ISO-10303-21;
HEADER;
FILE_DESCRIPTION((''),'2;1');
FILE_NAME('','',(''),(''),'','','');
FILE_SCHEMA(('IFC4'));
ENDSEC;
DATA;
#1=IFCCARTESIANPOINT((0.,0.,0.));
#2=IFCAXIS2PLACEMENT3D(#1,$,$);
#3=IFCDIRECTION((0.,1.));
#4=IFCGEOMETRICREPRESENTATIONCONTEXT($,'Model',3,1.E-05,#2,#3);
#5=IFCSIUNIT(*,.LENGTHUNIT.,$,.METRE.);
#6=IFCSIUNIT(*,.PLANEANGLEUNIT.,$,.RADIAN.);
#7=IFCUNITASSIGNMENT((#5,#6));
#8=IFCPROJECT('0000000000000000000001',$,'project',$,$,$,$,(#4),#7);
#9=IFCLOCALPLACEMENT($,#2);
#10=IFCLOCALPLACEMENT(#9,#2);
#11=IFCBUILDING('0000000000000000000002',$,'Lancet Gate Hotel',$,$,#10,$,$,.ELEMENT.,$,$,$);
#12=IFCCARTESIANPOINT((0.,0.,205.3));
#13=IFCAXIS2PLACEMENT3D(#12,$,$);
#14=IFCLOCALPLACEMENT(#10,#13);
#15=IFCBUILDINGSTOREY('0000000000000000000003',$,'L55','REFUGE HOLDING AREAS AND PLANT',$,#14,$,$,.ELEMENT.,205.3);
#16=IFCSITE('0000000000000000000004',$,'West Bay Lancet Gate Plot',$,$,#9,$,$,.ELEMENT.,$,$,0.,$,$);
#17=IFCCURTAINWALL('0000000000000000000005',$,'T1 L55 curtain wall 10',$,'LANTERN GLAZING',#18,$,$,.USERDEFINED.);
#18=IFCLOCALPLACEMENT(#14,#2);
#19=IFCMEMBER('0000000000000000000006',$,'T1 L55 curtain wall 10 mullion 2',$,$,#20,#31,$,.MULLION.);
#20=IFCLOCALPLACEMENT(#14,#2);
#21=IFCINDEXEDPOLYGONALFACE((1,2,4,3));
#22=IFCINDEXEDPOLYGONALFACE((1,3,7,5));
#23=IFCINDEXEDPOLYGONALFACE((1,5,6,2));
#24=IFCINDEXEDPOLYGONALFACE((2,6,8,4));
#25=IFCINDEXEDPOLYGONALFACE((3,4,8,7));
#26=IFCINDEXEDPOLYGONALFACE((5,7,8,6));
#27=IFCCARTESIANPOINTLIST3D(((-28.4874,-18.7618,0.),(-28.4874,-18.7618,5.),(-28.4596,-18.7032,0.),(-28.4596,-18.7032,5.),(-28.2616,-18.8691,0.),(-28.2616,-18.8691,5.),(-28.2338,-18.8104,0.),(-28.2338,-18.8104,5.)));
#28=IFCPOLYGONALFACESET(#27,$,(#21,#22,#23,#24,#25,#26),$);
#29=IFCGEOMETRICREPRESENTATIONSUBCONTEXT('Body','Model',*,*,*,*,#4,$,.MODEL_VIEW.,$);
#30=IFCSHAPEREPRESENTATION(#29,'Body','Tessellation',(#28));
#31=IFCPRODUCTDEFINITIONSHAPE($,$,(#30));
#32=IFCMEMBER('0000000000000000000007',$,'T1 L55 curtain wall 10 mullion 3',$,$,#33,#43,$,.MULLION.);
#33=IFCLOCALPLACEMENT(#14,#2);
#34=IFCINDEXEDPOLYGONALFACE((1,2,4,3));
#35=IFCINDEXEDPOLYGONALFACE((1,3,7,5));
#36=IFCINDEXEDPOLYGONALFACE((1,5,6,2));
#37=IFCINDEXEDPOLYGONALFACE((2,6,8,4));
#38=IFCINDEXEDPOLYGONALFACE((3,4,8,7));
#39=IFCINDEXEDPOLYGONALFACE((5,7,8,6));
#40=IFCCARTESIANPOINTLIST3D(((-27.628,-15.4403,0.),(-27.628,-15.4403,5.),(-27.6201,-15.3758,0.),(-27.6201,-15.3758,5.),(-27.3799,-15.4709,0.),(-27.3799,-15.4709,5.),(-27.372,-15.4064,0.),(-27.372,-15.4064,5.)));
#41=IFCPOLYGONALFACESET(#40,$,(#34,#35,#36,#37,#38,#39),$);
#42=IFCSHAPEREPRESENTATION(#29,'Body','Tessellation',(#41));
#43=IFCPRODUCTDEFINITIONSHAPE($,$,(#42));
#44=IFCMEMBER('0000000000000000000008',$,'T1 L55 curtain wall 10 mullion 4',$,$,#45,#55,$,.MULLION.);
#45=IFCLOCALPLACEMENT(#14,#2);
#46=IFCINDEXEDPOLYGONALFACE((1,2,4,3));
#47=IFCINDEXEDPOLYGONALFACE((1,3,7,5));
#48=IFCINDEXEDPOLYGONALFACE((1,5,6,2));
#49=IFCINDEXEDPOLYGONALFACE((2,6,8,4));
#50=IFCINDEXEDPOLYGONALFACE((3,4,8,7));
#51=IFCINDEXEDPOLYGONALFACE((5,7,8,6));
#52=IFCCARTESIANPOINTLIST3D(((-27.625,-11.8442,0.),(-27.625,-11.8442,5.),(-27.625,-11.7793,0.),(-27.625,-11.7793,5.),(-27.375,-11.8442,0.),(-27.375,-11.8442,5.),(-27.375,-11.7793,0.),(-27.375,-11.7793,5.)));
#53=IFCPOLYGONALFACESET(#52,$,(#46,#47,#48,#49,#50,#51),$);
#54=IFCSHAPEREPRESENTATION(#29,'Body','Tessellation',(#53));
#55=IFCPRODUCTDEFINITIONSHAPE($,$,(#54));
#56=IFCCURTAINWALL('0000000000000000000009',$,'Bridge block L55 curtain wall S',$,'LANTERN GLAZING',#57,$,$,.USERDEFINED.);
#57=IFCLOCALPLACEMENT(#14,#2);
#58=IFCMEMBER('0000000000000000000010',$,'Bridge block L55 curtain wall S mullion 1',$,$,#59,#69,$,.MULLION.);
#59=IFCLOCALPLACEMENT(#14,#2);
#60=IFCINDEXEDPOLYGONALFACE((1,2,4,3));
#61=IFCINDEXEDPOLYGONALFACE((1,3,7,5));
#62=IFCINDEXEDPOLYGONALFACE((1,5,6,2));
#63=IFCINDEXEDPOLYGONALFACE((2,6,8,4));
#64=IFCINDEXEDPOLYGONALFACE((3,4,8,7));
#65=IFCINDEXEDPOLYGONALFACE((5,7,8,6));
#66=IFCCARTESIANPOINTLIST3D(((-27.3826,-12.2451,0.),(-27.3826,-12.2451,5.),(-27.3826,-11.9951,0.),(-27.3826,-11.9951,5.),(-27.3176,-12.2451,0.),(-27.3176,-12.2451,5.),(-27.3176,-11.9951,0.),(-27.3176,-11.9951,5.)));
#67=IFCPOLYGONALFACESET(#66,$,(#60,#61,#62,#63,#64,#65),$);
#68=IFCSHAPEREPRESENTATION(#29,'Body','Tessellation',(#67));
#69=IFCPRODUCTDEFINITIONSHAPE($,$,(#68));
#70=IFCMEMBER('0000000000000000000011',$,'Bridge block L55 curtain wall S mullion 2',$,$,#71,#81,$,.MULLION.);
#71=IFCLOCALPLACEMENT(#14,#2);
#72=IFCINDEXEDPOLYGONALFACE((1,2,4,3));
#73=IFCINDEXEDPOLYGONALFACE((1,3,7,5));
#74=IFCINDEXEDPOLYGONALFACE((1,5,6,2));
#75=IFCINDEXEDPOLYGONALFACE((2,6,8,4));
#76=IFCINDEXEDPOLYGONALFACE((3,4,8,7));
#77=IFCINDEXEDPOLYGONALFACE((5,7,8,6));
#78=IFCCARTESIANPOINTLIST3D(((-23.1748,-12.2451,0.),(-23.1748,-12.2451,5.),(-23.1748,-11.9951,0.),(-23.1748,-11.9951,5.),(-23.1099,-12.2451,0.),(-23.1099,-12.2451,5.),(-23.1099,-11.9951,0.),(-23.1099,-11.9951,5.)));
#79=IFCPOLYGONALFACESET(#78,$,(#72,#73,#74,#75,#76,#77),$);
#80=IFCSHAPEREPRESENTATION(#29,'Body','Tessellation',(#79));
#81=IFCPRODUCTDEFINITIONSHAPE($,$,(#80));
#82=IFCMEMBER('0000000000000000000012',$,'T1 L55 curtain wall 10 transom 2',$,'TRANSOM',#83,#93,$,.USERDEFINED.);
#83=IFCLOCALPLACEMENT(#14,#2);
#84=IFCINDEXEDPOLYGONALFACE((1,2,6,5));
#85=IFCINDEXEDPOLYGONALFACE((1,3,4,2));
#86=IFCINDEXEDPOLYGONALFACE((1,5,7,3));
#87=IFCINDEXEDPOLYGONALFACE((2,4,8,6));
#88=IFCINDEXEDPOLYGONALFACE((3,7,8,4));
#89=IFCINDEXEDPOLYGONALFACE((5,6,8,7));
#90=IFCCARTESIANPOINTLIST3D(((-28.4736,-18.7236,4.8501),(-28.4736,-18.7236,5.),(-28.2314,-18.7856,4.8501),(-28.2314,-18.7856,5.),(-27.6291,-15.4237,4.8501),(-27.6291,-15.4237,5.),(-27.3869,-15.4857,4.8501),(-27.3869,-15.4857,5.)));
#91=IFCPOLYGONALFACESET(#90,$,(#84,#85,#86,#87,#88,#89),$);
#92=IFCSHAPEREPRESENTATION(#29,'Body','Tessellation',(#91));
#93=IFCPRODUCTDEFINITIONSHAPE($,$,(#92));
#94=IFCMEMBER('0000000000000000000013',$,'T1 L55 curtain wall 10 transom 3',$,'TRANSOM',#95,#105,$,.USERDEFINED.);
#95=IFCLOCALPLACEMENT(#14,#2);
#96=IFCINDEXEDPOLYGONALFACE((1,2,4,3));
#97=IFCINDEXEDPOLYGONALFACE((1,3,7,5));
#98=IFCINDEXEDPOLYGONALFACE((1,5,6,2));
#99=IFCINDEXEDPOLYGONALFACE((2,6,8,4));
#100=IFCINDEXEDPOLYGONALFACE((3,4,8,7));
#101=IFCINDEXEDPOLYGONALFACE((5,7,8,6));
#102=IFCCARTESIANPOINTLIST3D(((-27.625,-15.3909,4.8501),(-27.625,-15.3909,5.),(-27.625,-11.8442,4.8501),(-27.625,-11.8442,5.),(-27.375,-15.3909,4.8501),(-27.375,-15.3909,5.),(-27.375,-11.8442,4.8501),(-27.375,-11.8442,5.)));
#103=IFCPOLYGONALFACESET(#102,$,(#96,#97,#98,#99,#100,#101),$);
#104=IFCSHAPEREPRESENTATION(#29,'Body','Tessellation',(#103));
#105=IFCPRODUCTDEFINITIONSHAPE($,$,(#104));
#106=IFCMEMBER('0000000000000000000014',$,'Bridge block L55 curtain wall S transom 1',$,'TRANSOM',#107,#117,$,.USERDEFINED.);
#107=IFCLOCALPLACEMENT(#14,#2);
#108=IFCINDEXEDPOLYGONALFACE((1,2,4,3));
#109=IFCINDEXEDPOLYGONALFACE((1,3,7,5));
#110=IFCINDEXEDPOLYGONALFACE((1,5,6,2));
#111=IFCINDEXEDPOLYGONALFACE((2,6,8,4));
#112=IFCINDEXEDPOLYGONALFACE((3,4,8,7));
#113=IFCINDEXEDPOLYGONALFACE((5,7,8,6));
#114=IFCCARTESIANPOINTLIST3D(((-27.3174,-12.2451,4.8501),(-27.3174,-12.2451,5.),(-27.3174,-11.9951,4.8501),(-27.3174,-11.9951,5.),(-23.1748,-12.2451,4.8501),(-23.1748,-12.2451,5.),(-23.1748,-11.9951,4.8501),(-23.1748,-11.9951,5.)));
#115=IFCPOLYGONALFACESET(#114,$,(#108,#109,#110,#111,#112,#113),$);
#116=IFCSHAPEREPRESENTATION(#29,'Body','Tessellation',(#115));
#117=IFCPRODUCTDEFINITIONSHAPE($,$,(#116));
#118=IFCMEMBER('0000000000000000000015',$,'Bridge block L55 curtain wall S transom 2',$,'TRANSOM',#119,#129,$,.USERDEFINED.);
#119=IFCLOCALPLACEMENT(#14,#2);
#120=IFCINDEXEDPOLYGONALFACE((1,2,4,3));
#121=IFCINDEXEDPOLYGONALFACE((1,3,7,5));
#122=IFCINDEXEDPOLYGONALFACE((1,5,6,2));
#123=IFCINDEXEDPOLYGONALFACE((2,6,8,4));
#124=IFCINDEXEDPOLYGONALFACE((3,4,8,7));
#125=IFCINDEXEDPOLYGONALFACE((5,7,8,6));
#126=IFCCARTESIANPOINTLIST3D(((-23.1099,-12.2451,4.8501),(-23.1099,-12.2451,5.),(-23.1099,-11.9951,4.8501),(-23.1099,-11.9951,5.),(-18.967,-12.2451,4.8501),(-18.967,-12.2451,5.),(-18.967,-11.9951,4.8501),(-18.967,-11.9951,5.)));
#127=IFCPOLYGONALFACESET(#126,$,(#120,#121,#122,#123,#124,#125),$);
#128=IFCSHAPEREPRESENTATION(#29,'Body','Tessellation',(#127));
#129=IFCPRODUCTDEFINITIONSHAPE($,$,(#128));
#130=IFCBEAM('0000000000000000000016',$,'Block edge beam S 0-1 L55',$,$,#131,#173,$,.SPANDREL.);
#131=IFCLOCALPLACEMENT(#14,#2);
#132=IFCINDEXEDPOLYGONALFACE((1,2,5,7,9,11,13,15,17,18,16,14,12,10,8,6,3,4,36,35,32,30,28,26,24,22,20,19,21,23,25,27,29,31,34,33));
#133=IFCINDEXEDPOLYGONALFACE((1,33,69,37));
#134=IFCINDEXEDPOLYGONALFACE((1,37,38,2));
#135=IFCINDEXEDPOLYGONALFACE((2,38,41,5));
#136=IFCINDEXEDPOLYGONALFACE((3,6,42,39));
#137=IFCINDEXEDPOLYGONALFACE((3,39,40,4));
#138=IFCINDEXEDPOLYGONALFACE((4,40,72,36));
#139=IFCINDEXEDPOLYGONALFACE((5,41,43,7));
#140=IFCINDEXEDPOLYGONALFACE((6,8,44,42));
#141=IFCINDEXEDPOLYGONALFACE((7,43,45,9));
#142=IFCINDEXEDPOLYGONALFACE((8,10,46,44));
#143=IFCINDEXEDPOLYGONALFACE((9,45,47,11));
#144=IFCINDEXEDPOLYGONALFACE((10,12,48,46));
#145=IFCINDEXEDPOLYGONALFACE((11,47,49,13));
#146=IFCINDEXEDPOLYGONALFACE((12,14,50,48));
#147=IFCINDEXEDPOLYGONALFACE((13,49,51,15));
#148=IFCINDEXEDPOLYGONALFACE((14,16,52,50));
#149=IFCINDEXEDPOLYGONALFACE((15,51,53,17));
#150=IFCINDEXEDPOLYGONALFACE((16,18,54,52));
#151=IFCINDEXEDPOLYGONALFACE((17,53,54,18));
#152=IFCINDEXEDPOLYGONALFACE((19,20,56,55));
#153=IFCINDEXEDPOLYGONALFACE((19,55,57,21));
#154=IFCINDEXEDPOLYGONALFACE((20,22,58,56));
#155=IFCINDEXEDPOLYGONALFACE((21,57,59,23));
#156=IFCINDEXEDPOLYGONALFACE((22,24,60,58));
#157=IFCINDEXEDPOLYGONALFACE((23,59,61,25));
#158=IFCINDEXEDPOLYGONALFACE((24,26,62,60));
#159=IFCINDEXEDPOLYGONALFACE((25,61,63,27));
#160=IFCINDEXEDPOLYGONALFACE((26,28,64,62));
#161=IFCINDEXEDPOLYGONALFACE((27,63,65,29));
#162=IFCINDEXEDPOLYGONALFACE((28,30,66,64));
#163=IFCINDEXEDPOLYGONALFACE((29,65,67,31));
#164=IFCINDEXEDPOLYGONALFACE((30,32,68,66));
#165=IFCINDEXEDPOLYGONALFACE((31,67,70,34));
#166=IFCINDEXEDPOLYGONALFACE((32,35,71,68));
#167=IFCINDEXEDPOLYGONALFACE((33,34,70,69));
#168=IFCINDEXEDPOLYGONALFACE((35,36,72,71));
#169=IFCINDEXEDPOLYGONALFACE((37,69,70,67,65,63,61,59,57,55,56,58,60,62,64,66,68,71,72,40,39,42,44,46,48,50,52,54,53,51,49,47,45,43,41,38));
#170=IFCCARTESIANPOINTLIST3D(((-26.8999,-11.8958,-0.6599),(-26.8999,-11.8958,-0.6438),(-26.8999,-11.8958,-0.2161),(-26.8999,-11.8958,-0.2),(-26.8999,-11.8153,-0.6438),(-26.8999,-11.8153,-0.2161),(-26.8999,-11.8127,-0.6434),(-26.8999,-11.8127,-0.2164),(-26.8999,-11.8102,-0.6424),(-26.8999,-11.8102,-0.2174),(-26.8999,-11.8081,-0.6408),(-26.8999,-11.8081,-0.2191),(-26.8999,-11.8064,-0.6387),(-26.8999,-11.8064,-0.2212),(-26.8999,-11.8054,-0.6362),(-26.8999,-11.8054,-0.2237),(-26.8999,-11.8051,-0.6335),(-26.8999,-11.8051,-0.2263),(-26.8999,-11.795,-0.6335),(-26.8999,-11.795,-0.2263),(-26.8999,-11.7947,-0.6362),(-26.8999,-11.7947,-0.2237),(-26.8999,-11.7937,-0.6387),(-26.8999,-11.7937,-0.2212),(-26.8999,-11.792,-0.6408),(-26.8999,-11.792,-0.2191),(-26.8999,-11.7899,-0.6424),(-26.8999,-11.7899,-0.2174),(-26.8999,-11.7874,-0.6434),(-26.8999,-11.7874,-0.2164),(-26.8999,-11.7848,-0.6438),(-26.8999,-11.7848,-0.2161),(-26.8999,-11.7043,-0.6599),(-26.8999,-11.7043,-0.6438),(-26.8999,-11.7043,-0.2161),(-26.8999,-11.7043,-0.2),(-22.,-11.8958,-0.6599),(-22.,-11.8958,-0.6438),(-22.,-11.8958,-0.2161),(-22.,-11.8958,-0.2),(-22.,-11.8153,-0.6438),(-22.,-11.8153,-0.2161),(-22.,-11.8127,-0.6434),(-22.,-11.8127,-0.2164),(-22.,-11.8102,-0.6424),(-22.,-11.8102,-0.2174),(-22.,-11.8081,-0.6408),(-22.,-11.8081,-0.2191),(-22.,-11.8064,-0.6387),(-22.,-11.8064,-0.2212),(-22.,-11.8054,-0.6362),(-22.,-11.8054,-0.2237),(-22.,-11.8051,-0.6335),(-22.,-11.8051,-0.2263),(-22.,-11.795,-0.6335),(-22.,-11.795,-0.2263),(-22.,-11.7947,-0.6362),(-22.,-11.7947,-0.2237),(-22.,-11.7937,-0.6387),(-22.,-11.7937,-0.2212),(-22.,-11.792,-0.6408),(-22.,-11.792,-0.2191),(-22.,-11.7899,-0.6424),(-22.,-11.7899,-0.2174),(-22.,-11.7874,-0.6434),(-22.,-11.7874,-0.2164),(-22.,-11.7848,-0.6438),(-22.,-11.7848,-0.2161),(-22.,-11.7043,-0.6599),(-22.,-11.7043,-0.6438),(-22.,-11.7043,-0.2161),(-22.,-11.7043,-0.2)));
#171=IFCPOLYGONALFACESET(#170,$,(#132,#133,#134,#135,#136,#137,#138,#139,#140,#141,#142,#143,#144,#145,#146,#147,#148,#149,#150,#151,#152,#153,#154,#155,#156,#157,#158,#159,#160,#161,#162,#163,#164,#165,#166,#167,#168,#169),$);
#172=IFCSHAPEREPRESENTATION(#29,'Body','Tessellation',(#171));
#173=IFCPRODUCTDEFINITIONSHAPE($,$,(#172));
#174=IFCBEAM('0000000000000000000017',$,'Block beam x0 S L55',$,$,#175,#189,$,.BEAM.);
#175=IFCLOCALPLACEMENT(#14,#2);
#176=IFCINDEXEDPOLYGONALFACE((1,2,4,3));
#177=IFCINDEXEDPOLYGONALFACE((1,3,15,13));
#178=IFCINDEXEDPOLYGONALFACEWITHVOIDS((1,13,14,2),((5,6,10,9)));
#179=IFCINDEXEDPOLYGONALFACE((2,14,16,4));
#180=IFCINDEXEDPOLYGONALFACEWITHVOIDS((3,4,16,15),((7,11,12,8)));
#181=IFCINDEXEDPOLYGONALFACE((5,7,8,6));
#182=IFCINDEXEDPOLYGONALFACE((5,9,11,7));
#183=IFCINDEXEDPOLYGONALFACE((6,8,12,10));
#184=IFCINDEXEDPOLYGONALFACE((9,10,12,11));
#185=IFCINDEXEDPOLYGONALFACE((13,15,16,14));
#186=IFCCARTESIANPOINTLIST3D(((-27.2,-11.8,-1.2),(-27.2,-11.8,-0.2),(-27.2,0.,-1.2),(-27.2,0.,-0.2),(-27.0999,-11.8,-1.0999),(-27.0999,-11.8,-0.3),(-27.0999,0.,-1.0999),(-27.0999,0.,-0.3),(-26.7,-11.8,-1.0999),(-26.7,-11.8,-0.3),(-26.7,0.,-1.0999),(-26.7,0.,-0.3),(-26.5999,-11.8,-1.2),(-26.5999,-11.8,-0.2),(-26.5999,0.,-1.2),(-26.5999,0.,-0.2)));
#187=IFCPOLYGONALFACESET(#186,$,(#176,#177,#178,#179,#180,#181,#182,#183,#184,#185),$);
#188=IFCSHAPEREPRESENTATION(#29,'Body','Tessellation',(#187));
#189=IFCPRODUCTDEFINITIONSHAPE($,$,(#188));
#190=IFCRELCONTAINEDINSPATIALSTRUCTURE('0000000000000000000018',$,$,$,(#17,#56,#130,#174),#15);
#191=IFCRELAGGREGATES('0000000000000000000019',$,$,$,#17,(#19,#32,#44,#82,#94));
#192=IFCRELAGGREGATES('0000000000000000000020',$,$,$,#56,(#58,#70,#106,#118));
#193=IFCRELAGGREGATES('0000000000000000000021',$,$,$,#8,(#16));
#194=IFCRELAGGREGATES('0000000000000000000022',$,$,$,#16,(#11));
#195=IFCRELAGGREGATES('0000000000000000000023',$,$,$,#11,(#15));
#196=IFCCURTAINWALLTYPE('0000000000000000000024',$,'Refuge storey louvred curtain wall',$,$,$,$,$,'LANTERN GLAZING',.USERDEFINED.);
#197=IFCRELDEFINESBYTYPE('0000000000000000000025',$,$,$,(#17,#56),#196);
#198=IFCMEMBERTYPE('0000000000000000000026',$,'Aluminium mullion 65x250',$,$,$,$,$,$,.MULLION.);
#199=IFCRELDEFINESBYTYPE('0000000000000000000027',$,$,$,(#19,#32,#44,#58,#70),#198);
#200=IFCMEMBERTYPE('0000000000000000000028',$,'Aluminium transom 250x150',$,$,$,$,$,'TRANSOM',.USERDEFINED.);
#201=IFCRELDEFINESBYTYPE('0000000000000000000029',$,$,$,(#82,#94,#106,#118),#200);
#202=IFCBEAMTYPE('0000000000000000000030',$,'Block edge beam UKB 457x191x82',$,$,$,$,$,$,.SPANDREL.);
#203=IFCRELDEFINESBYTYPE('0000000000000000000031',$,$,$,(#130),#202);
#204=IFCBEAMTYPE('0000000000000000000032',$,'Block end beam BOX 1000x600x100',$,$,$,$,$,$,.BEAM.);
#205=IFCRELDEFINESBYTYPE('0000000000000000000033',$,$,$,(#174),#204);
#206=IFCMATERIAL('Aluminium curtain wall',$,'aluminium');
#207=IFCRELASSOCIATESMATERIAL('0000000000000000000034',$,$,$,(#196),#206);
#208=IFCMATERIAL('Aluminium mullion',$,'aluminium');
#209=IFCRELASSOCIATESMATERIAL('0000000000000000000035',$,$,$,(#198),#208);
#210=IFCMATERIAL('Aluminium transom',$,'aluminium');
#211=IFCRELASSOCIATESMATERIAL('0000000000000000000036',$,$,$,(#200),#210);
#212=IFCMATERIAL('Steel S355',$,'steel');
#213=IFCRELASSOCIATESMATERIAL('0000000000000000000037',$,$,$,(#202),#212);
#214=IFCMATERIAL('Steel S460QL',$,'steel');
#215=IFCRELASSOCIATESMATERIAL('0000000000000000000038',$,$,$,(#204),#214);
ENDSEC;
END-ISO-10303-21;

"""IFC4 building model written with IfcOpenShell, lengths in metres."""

from ifc_helpers import new_model, si_unit, direction, frame, origin, origin_2d, place, context, subcontext, project, spatial, rectangle, hollow_rectangle, i_section, extrude, material, material_profile, profile_set, type_object, element, aggregate, save


model = new_model("IFC4")

# Units and contexts
model_context = context("Model", 3, precision=1e-05, world=origin(), true_north=direction((0.0, 1.0)))
body_context = subcontext(model_context, "Body", "Model", "MODEL_VIEW")
ifc_project = project(units=[si_unit("LENGTHUNIT", "METRE"), si_unit("PLANEANGLEUNIT", "RADIAN")], contexts=[model_context])

# Site, building, storey
site_placement = place(None, origin())
site = spatial("IfcSite", under=ifc_project, at=site_placement, Name="West Bay Lancet Gate Plot", CompositionType="ELEMENT", RefElevation=0.0)
building_placement = place(site_placement, origin())
building = spatial("IfcBuilding", under=site, at=building_placement, Name="Lancet Gate Hotel", CompositionType="ELEMENT")
storey_placement = place(building_placement, frame((0.0, 0.0, 205.3)))
storey = spatial("IfcBuildingStorey", under=building, at=storey_placement, Name="L55", Description="REFUGE HOLDING AREAS AND PLANT", CompositionType="ELEMENT", Elevation=205.3)

# Curtain walls, members
ifc_material_1 = material(Name="Aluminium curtain wall", Category="aluminium")
curtain_wall_type = type_object("IfcCurtainWallType", Name="Refuge storey louvred curtain wall", ElementType="LANTERN GLAZING", PredefinedType="USERDEFINED", material=ifc_material_1)
curtain_wall_1_placement = place(storey_placement, origin())
curtain_wall_1 = element("IfcCurtainWall", 1, at=curtain_wall_1_placement, inside=storey, type_object=curtain_wall_type, Name="T1 L55 curtain wall 10", ObjectType="LANTERN GLAZING", PredefinedType="USERDEFINED")
ifc_material_2 = material(Name="Aluminium mullion", Category="aluminium")
ifc_material_profile_1 = material_profile(ifc_material_2, rectangle(XDim=0.0649, YDim=0.25, at=origin_2d()), Name="MULLION 65x250")
ifc_profile_set_1 = profile_set([ifc_material_profile_1], Name="Aluminium mullion")
member_type_1 = type_object("IfcMemberType", Name="Aluminium mullion 65x250", PredefinedType="MULLION", material=ifc_profile_set_1)
member_1_placement = place(storey_placement, frame((-28.3606, -18.7861, 0.0), z_axis=(0.0, 0.0, 1.0), x_axis=(0.42905, 0.903281, 0.0)))
member_1 = element("IfcMember", 2, at=member_1_placement, type_object=member_type_1, Name="T1 L55 curtain wall 10 mullion 2", PredefinedType="MULLION", context=body_context, shape_type="SweptSolid", body=[
    extrude(rectangle(XDim=0.0649, YDim=0.25, at=origin_2d()), origin(), (0.0, 0.0, 1.0), 5.0),
])
member_2_placement = place(storey_placement, frame((-27.5, -15.4233, 0.0), z_axis=(0.0, 0.0, 1.0), x_axis=(0.122467, 0.992473, 0.0)))
member_2 = element("IfcMember", 3, at=member_2_placement, type_object=member_type_1, Name="T1 L55 curtain wall 10 mullion 3", PredefinedType="MULLION", context=body_context, shape_type="SweptSolid", body=[
    extrude(rectangle(XDim=0.0649, YDim=0.25, at=origin_2d()), origin(), (0.0, 0.0, 1.0), 5.0),
])
member_3_placement = place(storey_placement, frame((-27.5, -11.8118, 0.0), z_axis=(0.0, 0.0, 1.0), x_axis=(0.0, 1.0, 0.0)))
member_3 = element("IfcMember", 4, at=member_3_placement, type_object=member_type_1, Name="T1 L55 curtain wall 10 mullion 4", PredefinedType="MULLION", context=body_context, shape_type="SweptSolid", body=[
    extrude(rectangle(XDim=0.0649, YDim=0.25, at=origin_2d()), origin(), (0.0, 0.0, 1.0), 5.0),
])
curtain_wall_2_placement = place(storey_placement, origin())
curtain_wall_2 = element("IfcCurtainWall", 5, at=curtain_wall_2_placement, inside=storey, type_object=curtain_wall_type, Name="Bridge block L55 curtain wall S", ObjectType="LANTERN GLAZING", PredefinedType="USERDEFINED")
member_4_placement = place(storey_placement, frame((-27.3501, -12.1201, 0.0), z_axis=(0.0, 0.0, 1.0), x_axis=(1.0, 0.0, 0.0)))
member_4 = element("IfcMember", 6, at=member_4_placement, type_object=member_type_1, Name="Bridge block L55 curtain wall S mullion 1", PredefinedType="MULLION", context=body_context, shape_type="SweptSolid", body=[
    extrude(rectangle(XDim=0.0649, YDim=0.25, at=origin_2d()), origin(), (0.0, 0.0, 1.0), 5.0),
])
member_5_placement = place(storey_placement, frame((-23.1423, -12.1201, 0.0), z_axis=(0.0, 0.0, 1.0), x_axis=(1.0, 0.0, 0.0)))
member_5 = element("IfcMember", 7, at=member_5_placement, type_object=member_type_1, Name="Bridge block L55 curtain wall S mullion 2", PredefinedType="MULLION", context=body_context, shape_type="SweptSolid", body=[
    extrude(rectangle(XDim=0.0649, YDim=0.25, at=origin_2d()), origin(), (0.0, 0.0, 1.0), 5.0),
])

# Members
ifc_material_3 = material(Name="Aluminium transom", Category="aluminium")
ifc_material_profile_2 = material_profile(ifc_material_3, rectangle(XDim=0.25, YDim=0.1499, at=origin_2d()), Name="TRANSOM 250x150")
ifc_profile_set_2 = profile_set([ifc_material_profile_2], Name="Aluminium transom")
member_type_2 = type_object("IfcMemberType", Name="Aluminium transom 250x150", ElementType="TRANSOM", PredefinedType="USERDEFINED", material=ifc_profile_set_2)
member_6_placement = place(storey_placement, frame((-28.3525, -18.7546, 4.925), z_axis=(0.247929, 0.968778, 0.0), x_axis=(-0.968778, 0.247929, 0.0)))
member_6 = element("IfcMember", 8, at=member_6_placement, type_object=member_type_2, Name="T1 L55 curtain wall 10 transom 2", ObjectType="TRANSOM", PredefinedType="USERDEFINED", context=body_context, shape_type="SweptSolid", body=[
    extrude(rectangle(XDim=0.25, YDim=0.1499, at=origin_2d()), origin(), (0.0, 0.0, 1.0), 3.4062),
])
member_7_placement = place(storey_placement, frame((-27.5, -15.3909, 4.925), z_axis=(0.0, 1.0, 0.0), x_axis=(-1.0, 0.0, 0.0)))
member_7 = element("IfcMember", 9, at=member_7_placement, type_object=member_type_2, Name="T1 L55 curtain wall 10 transom 3", ObjectType="TRANSOM", PredefinedType="USERDEFINED", context=body_context, shape_type="SweptSolid", body=[
    extrude(rectangle(XDim=0.25, YDim=0.1499, at=origin_2d()), origin(), (0.0, 0.0, 1.0), 3.5466),
])
member_8_placement = place(storey_placement, frame((-27.3174, -12.1201, 4.925), z_axis=(1.0, 0.0, 0.0), x_axis=(0.0, 1.0, 0.0)))
member_8 = element("IfcMember", 10, at=member_8_placement, type_object=member_type_2, Name="Bridge block L55 curtain wall S transom 1", ObjectType="TRANSOM", PredefinedType="USERDEFINED", context=body_context, shape_type="SweptSolid", body=[
    extrude(rectangle(XDim=0.25, YDim=0.1499, at=origin_2d()), origin(), (0.0, 0.0, 1.0), 4.1426),
])
member_9_placement = place(storey_placement, frame((-23.1099, -12.1201, 4.925), z_axis=(1.0, 0.0, 0.0), x_axis=(0.0, 1.0, 0.0)))
member_9 = element("IfcMember", 11, at=member_9_placement, type_object=member_type_2, Name="Bridge block L55 curtain wall S transom 2", ObjectType="TRANSOM", PredefinedType="USERDEFINED", context=body_context, shape_type="SweptSolid", body=[
    extrude(rectangle(XDim=0.25, YDim=0.1499, at=origin_2d()), origin(), (0.0, 0.0, 1.0), 4.1428),
])

# Beams
ifc_material_4 = material(Name="Steel S355", Category="steel")
ifc_material_profile_3 = material_profile(ifc_material_4, i_section(OverallWidth=0.1914, OverallDepth=0.46, WebThickness=0.01, FlangeThickness=0.0161, FilletRadius=0.0103, at=origin_2d()), Name="UKB 457x191x82")
ifc_profile_set_3 = profile_set([ifc_material_profile_3], Name="Steel S355")
beam_type_1 = type_object("IfcBeamType", Name="Block edge beam UKB 457x191x82", PredefinedType="SPANDREL", material=ifc_profile_set_3)
beam_1_placement = place(storey_placement, frame((-26.8999, -11.8, -0.4299), z_axis=(1.0, 0.0, 0.0), x_axis=(0.0, 1.0, 0.0)))
element("IfcBeam", 12, at=beam_1_placement, inside=storey, type_object=beam_type_1, Name="Block edge beam S 0-1 L55", PredefinedType="SPANDREL", context=body_context, shape_type="SweptSolid", body=[
    extrude(i_section(OverallWidth=0.1914, OverallDepth=0.46, WebThickness=0.01, FlangeThickness=0.0161, FilletRadius=0.0103, at=origin_2d()), origin(), (0.0, 0.0, 1.0), 4.8999),
])
ifc_material_5 = material(Name="Steel S460QL", Category="steel")
ifc_material_profile_4 = material_profile(ifc_material_5, hollow_rectangle(XDim=0.6001, YDim=1.0, WallThickness=0.1001, at=origin_2d()), Name="BOX 1000x600x100")
ifc_profile_set_4 = profile_set([ifc_material_profile_4], Name="Steel S460QL")
beam_type_2 = type_object("IfcBeamType", Name="Block end beam BOX 1000x600x100", PredefinedType="BEAM", material=ifc_profile_set_4)
beam_2_placement = place(storey_placement, frame((-26.8999, -11.8, -0.7), z_axis=(0.0, 1.0, 0.0), x_axis=(-1.0, 0.0, 0.0)))
element("IfcBeam", 13, at=beam_2_placement, inside=storey, type_object=beam_type_2, Name="Block beam x0 S L55", PredefinedType="BEAM", context=body_context, shape_type="SweptSolid", body=[
    extrude(hollow_rectangle(XDim=0.6001, YDim=1.0, WallThickness=0.1001, at=origin_2d()), origin(), (0.0, 0.0, 1.0), 11.8),
])

aggregate(curtain_wall_1, [member_1, member_2, member_3, member_6, member_7])
aggregate(curtain_wall_2, [member_4, member_5, member_8, member_9])

save(model, "model.ifc")
